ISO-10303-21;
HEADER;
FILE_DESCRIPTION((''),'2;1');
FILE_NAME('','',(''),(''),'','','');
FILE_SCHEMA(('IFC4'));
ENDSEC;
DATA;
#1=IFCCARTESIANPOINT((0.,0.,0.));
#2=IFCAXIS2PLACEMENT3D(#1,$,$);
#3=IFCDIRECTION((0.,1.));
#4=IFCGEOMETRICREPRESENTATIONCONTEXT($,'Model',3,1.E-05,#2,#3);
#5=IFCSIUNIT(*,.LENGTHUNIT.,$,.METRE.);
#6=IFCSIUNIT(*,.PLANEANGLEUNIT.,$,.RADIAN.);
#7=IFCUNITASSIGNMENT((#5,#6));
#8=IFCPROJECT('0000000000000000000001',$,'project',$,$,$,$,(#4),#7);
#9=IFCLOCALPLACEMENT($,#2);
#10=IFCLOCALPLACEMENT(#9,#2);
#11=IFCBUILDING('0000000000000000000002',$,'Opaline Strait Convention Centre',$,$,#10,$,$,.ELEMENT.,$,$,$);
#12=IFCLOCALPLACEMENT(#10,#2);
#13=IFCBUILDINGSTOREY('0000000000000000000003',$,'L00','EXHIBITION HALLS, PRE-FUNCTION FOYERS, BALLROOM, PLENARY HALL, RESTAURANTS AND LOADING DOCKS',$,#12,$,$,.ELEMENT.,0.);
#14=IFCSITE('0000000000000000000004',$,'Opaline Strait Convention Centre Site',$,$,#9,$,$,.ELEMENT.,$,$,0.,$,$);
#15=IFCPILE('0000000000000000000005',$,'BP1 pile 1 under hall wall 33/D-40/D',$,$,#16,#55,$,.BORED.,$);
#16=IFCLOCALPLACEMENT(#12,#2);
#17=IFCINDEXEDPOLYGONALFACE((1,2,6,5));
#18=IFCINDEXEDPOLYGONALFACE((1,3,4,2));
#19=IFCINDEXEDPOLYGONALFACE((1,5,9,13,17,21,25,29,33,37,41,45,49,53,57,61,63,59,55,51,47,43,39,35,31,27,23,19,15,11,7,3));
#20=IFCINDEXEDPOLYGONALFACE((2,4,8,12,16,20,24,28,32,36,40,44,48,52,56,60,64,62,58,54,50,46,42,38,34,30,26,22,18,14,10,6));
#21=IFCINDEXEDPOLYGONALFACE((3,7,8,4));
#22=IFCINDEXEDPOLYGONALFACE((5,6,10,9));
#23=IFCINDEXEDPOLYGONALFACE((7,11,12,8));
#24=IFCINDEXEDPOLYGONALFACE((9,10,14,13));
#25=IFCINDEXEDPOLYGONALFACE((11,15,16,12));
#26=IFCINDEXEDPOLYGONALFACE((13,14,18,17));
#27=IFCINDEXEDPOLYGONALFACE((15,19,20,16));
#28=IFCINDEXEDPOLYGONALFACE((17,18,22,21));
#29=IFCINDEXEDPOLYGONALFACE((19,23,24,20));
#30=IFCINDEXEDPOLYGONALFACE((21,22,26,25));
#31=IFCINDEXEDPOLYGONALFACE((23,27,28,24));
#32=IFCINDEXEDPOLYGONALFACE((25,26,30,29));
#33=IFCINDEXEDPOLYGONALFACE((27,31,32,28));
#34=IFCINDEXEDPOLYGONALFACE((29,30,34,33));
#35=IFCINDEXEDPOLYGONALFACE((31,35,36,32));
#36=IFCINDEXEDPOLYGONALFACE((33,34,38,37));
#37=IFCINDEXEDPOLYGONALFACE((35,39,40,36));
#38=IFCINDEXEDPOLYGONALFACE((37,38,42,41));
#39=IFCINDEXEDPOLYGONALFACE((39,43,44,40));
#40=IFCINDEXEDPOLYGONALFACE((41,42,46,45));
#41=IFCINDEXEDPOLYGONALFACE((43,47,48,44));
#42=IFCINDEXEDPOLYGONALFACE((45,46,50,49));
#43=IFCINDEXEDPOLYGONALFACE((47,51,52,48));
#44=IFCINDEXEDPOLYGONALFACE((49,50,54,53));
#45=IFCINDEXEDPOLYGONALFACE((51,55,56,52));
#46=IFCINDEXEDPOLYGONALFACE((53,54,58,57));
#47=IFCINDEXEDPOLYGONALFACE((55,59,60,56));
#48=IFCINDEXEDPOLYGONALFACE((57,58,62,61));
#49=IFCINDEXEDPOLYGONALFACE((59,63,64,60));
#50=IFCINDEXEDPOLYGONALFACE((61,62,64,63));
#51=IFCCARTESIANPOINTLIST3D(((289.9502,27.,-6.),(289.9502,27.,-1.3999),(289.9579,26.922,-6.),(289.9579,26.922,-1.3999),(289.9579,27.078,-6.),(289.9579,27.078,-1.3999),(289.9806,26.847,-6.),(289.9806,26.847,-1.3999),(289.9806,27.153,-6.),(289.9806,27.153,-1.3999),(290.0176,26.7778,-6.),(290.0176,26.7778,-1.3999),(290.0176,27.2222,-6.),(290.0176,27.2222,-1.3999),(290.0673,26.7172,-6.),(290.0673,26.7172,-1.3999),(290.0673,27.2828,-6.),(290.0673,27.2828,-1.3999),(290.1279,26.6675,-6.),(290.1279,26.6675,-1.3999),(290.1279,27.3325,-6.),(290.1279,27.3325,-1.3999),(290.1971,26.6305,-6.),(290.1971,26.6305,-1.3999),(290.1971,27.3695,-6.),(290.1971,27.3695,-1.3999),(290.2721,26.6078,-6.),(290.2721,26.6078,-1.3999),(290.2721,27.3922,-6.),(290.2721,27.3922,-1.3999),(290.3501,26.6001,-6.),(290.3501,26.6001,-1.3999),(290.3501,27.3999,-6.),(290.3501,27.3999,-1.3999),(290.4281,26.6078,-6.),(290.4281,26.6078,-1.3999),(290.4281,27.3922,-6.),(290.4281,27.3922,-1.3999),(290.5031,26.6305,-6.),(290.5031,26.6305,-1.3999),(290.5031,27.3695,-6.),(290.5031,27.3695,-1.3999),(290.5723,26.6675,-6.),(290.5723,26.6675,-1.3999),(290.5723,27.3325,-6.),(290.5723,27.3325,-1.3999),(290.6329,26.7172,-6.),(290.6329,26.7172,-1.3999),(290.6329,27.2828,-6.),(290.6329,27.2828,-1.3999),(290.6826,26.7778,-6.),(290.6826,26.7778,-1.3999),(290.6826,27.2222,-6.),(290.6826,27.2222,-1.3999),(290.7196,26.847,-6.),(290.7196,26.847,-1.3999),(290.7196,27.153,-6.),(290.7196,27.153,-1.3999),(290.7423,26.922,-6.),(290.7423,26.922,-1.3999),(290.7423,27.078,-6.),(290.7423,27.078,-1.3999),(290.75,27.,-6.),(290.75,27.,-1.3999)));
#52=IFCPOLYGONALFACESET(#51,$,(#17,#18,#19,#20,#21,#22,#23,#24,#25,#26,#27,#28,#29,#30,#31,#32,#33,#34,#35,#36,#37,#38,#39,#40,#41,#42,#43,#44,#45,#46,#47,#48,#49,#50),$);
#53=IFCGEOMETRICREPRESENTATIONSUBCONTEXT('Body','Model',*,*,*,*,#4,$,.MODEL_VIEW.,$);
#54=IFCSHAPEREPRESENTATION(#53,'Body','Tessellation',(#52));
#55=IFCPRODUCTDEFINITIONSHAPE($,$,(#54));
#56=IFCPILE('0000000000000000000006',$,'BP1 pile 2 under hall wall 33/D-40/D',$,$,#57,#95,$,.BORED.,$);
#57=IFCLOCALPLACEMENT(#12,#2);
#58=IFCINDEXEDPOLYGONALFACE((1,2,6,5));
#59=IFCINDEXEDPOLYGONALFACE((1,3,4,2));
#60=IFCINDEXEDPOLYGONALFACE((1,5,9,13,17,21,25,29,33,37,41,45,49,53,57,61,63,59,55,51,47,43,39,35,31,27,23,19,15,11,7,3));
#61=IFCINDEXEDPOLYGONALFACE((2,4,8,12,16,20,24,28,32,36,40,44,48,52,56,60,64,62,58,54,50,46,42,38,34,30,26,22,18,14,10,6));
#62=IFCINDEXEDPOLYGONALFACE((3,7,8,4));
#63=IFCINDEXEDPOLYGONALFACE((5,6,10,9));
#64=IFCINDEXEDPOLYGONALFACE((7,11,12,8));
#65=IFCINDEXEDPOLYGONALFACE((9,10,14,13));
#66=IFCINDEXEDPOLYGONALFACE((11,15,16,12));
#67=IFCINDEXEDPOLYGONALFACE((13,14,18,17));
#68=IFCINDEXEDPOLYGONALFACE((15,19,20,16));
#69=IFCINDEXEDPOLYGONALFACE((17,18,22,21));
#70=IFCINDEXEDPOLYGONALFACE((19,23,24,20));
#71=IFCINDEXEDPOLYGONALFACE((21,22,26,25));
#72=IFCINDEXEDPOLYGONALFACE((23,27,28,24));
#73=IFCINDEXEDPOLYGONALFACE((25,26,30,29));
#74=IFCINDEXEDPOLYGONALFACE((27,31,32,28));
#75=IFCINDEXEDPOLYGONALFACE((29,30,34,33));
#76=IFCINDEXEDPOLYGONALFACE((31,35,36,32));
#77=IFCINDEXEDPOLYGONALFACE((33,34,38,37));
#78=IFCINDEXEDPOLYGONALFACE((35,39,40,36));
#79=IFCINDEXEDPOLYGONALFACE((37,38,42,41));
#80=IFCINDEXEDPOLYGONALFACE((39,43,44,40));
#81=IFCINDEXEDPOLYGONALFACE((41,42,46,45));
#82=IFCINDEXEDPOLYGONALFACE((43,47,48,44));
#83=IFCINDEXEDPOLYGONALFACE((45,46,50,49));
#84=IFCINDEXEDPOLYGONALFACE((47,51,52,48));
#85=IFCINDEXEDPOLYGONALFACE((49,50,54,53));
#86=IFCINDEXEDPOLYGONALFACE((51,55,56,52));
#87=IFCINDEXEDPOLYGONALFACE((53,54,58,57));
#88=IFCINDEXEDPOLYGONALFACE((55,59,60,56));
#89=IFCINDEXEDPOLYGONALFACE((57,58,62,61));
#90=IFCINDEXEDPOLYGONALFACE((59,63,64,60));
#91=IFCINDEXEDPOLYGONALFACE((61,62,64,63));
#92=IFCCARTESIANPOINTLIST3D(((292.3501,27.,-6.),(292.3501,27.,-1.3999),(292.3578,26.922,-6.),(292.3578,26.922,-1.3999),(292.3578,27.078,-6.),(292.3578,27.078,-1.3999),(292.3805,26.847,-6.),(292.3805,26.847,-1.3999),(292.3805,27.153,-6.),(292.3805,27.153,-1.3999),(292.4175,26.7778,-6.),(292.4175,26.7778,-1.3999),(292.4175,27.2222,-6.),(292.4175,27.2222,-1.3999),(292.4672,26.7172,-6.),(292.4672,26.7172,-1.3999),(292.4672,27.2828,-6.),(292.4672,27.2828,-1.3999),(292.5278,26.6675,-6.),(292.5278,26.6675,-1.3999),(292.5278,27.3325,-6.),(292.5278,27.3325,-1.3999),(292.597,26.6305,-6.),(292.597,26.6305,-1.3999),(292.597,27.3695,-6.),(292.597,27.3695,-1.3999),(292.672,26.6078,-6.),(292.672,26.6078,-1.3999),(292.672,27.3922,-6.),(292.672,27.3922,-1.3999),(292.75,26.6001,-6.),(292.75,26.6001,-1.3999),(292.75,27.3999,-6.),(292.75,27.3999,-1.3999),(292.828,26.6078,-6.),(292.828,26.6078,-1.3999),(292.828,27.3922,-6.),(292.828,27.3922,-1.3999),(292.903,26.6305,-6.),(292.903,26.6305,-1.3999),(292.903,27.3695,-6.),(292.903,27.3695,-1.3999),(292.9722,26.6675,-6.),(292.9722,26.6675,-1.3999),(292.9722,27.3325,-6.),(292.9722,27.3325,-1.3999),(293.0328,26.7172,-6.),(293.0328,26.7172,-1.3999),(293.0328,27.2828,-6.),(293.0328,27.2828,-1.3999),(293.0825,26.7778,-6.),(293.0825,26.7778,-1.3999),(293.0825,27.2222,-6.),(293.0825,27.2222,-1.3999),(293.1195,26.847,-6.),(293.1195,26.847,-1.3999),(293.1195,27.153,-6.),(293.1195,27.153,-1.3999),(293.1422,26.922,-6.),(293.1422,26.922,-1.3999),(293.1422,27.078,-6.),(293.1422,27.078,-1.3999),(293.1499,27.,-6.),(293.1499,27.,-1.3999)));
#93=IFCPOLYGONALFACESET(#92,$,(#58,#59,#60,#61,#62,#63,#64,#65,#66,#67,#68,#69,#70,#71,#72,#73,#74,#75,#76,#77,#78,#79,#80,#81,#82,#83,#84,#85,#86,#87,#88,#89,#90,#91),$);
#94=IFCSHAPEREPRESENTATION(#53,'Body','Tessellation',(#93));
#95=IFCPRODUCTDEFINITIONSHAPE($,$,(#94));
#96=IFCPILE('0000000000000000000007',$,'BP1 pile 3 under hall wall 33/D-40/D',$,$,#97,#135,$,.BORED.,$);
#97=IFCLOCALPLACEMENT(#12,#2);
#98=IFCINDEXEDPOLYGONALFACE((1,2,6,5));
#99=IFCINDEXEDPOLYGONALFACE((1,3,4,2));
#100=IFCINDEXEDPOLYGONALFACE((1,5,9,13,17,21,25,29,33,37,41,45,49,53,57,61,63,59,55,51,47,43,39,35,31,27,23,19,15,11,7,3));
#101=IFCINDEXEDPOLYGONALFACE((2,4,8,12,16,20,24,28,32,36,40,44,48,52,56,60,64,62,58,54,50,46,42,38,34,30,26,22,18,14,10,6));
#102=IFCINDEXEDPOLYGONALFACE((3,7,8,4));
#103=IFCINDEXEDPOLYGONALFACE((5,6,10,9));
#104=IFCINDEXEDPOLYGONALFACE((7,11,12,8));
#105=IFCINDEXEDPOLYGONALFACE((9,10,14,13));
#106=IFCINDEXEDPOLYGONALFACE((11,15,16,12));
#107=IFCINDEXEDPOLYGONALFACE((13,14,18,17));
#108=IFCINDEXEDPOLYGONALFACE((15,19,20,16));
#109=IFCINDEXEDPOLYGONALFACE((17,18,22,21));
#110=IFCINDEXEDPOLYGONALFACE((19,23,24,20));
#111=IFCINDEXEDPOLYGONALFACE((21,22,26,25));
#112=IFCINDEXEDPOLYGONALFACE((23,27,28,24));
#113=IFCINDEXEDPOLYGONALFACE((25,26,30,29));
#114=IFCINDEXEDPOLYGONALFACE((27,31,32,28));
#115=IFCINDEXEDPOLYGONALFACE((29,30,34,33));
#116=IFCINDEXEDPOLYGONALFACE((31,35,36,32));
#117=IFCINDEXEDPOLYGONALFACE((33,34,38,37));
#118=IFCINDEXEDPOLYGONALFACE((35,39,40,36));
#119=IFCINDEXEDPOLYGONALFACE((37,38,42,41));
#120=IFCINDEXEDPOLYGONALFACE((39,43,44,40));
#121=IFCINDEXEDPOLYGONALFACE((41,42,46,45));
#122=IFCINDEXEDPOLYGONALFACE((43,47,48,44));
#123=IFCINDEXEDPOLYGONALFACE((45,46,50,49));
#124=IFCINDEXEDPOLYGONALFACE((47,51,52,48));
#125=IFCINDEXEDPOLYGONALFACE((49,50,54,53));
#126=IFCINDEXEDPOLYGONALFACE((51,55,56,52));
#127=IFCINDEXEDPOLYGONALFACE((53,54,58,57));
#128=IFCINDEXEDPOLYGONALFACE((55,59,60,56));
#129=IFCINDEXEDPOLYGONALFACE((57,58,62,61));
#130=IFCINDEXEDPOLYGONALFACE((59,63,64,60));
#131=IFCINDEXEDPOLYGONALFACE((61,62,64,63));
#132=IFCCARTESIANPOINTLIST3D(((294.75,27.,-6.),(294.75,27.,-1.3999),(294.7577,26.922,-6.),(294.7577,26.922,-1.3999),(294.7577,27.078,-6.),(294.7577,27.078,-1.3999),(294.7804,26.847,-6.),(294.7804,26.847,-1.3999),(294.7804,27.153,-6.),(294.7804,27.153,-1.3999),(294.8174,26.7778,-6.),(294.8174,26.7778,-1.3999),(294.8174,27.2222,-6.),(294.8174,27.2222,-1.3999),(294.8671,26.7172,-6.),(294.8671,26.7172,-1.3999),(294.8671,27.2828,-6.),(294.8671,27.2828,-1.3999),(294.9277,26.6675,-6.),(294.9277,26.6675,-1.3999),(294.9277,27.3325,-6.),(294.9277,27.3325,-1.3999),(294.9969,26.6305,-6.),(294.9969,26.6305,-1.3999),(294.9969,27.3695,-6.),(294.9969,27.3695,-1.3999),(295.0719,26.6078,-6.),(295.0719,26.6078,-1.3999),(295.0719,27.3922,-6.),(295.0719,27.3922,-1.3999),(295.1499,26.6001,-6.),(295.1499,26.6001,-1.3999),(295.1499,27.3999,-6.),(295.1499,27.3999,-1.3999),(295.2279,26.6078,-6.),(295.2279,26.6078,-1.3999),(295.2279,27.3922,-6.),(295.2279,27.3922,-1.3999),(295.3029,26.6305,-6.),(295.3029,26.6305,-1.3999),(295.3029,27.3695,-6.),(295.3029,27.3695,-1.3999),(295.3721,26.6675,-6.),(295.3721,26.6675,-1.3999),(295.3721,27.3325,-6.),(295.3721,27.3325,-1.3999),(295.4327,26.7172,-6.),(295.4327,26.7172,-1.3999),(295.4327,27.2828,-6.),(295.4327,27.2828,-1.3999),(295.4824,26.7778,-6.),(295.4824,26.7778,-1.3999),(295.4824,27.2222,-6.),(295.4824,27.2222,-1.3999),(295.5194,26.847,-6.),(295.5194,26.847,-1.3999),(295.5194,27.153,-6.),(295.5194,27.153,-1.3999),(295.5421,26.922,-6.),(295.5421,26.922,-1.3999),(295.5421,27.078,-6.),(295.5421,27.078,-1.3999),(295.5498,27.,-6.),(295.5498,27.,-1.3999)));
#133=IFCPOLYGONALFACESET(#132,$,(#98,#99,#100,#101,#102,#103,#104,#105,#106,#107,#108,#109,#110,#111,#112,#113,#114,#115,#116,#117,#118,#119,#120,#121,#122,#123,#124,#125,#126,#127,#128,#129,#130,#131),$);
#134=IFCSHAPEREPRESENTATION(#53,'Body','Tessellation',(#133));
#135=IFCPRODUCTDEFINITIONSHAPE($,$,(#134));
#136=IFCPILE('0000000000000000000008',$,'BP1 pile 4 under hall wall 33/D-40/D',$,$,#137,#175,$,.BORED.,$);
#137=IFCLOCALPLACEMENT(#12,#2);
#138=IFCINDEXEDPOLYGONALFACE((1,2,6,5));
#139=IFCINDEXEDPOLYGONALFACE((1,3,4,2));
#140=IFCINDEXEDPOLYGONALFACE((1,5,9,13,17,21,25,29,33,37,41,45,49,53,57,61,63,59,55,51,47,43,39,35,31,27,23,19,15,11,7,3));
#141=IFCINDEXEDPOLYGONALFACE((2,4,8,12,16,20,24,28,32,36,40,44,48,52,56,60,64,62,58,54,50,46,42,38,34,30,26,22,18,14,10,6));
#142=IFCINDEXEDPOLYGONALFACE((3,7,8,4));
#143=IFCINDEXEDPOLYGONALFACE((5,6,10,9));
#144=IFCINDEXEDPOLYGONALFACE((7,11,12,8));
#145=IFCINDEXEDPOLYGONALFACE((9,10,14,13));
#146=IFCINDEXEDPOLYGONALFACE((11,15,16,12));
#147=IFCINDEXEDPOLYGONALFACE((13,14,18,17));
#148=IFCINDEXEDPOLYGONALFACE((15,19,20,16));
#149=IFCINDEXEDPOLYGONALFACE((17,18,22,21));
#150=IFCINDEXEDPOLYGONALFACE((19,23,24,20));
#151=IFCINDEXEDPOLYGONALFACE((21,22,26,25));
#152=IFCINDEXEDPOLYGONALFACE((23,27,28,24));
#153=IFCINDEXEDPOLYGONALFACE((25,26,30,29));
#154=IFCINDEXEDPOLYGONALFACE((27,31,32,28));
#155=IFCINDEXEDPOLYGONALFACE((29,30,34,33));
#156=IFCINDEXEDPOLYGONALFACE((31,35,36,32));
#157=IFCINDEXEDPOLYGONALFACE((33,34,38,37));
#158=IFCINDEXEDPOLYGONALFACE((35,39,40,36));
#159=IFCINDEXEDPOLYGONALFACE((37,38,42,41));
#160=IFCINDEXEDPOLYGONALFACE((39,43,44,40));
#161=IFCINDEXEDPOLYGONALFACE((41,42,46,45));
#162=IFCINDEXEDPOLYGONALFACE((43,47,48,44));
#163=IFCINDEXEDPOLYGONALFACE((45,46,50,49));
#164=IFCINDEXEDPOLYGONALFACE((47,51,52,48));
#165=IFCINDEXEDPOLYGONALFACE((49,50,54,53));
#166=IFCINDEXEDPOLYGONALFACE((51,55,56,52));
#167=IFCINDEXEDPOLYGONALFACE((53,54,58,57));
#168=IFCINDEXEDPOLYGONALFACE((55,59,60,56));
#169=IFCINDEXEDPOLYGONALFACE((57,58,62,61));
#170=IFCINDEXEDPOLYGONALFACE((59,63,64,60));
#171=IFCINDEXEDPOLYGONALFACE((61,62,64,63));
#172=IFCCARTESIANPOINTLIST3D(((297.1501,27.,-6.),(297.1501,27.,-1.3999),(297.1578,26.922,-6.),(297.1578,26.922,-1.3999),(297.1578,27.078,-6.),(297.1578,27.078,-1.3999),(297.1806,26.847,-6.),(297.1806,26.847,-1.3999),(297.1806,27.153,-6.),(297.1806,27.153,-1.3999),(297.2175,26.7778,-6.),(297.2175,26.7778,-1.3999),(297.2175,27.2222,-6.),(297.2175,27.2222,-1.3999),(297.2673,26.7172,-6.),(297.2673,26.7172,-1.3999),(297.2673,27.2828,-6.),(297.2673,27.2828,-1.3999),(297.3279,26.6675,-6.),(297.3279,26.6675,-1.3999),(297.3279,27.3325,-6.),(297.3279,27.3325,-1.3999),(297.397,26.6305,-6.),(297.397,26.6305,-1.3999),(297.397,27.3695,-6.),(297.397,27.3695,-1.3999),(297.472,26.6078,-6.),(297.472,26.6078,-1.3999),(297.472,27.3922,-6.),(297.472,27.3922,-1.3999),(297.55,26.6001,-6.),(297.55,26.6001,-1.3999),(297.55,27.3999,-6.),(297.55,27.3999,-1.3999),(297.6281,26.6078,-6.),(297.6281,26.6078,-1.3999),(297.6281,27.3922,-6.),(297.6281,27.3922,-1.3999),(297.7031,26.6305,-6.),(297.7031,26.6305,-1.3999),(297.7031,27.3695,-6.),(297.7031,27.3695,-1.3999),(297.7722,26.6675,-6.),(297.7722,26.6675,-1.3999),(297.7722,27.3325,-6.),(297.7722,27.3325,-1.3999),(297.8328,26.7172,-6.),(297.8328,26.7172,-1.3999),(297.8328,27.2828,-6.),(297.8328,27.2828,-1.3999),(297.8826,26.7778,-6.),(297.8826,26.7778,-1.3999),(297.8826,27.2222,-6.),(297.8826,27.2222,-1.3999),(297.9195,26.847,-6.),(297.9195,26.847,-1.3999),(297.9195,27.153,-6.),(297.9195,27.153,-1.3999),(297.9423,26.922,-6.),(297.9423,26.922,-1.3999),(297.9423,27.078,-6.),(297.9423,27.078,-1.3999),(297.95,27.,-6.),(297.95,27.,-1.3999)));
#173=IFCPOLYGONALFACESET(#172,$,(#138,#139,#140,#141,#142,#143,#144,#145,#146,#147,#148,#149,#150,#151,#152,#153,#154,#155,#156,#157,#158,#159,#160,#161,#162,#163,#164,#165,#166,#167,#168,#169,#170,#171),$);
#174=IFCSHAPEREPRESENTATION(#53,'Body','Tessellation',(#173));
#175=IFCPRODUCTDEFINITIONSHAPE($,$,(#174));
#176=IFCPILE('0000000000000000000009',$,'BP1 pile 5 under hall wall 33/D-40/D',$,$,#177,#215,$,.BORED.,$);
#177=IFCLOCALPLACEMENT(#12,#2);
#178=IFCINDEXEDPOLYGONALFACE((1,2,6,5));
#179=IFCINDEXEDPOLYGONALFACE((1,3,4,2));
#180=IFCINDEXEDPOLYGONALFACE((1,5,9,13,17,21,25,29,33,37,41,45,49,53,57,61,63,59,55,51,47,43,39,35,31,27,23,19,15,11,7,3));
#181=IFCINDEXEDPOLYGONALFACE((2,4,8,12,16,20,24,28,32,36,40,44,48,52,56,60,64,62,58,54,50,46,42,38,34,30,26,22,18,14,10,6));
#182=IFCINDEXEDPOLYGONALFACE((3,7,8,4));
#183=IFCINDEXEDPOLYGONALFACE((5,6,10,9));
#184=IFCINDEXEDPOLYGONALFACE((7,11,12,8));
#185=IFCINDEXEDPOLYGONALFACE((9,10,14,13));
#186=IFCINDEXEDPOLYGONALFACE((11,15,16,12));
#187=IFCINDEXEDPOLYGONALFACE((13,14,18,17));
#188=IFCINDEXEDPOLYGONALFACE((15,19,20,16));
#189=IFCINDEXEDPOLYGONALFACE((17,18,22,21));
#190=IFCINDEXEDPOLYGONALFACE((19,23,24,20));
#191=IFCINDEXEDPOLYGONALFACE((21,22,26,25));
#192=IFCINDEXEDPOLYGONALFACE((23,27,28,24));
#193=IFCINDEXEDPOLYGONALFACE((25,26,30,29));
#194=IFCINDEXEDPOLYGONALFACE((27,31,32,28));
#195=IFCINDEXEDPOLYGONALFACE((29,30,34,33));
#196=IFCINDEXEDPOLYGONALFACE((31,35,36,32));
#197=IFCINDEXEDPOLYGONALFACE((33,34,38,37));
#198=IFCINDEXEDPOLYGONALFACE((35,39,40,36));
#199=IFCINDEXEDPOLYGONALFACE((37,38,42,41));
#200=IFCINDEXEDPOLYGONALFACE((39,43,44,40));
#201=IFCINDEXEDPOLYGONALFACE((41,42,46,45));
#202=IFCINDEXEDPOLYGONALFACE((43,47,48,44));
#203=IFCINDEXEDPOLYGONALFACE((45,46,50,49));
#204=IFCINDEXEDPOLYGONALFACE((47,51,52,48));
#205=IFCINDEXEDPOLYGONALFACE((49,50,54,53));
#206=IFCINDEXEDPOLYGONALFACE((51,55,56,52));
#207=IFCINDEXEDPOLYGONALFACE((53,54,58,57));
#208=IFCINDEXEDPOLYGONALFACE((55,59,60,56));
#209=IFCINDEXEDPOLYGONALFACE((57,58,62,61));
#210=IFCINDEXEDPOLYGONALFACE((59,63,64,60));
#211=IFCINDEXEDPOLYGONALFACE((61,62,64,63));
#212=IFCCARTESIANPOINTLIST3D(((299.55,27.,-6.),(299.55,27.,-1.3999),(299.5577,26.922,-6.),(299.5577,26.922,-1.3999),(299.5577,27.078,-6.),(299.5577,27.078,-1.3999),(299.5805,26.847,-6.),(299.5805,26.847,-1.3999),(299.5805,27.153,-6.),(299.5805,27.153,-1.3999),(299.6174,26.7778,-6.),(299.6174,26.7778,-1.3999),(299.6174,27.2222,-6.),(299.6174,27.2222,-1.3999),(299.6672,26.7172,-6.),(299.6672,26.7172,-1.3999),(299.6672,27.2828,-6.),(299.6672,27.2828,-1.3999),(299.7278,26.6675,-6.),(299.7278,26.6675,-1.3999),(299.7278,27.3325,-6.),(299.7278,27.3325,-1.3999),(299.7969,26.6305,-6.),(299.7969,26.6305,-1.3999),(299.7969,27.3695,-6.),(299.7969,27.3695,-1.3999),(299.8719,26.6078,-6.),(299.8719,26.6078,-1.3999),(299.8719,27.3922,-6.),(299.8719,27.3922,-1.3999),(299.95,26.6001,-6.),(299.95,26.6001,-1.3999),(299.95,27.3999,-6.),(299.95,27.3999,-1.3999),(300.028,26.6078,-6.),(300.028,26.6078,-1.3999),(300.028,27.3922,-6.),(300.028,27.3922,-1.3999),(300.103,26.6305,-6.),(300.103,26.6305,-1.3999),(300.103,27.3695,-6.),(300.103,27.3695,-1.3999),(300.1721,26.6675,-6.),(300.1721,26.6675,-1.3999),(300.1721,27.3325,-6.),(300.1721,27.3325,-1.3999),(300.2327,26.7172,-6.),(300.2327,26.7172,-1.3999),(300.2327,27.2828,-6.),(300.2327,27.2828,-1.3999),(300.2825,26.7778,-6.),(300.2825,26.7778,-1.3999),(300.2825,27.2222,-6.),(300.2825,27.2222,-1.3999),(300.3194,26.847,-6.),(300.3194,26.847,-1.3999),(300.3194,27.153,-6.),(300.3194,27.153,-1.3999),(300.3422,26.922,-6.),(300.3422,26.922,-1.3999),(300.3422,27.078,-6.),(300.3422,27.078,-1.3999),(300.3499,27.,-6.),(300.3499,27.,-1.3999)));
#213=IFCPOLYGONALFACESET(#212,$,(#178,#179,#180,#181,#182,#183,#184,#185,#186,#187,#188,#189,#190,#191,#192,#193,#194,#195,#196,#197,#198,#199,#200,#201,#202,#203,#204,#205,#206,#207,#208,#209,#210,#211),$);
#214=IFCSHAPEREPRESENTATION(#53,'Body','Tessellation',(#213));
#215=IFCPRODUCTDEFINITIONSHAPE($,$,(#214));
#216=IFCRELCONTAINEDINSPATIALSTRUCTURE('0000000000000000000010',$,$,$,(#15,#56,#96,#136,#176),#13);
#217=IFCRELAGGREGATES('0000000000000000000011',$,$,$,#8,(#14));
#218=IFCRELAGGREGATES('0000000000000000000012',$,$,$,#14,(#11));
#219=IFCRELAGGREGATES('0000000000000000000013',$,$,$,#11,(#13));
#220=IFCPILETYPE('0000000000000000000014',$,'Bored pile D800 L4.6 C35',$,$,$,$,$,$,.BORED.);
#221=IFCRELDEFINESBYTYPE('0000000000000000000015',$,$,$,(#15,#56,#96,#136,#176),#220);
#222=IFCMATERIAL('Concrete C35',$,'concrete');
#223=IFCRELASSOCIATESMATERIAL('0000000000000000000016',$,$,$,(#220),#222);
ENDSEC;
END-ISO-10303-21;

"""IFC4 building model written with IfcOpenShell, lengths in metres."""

from ifc_helpers import new_model, si_unit, direction, frame, origin, origin_2d, place, context, subcontext, project, spatial, circle, extrude, material, material_profile, profile_set, type_object, element, save


model = new_model("IFC4")

# Units and contexts
model_context = context("Model", 3, precision=1e-05, world=origin(), true_north=direction((0.0, 1.0)))
body_context = subcontext(model_context, "Body", "Model", "MODEL_VIEW")
ifc_project = project(units=[si_unit("LENGTHUNIT", "METRE"), si_unit("PLANEANGLEUNIT", "RADIAN")], contexts=[model_context])

# Site, building, storey
site_placement = place(None, origin())
site = spatial("IfcSite", under=ifc_project, at=site_placement, Name="Opaline Strait Convention Centre Site", CompositionType="ELEMENT", RefElevation=0.0)
building_placement = place(site_placement, origin())
building = spatial("IfcBuilding", under=site, at=building_placement, Name="Opaline Strait Convention Centre", CompositionType="ELEMENT")
storey_placement = place(building_placement, origin())
storey = spatial("IfcBuildingStorey", under=building, at=storey_placement, Name="L00", Description="EXHIBITION HALLS, PRE-FUNCTION FOYERS, BALLROOM, PLENARY HALL, RESTAURANTS AND LOADING DOCKS", CompositionType="ELEMENT", Elevation=0.0)

# Piles
ifc_material_1 = material(Name="Concrete C35", Category="concrete")
ifc_material_profile = material_profile(ifc_material_1, circle(Radius=0.3999, at=origin_2d()), Name="D800")
ifc_profile_set = profile_set([ifc_material_profile], Name="Concrete C35")
pile_type = type_object("IfcPileType", Name="Bored pile D800 L4.6 C35", PredefinedType="BORED", material=ifc_profile_set)
for number, where, z_axis, x_axis, name in (
    (1, (290.3501, 27.0, -1.3999), (0.0, 0.0, -1.0), (1.0, 0.0, 0.0), "BP1 pile 1 under hall wall 33/D-40/D"),
    (2, (292.75, 27.0, -1.3999), (0.0, 0.0, -1.0), (1.0, 0.0, 0.0), "BP1 pile 2 under hall wall 33/D-40/D"),
    (3, (295.1499, 27.0, -1.3999), (0.0, 0.0, -1.0), (1.0, 0.0, 0.0), "BP1 pile 3 under hall wall 33/D-40/D"),
    (4, (297.55, 27.0, -1.3999), (0.0, 0.0, -1.0), (1.0, 0.0, 0.0), "BP1 pile 4 under hall wall 33/D-40/D"),
    (5, (299.95, 27.0, -1.3999), (0.0, 0.0, -1.0), (1.0, 0.0, 0.0), "BP1 pile 5 under hall wall 33/D-40/D"),
):
    element("IfcPile", number, at=place(storey_placement, frame(where, z_axis=z_axis, x_axis=x_axis)), inside=storey, type_object=pile_type, Name=name, PredefinedType="BORED", context=body_context, shape_type="SweptSolid", body=[
        extrude(circle(Radius=0.3999, at=origin_2d()), origin(), (0.0, 0.0, 1.0), 4.6001),
    ])

save(model, "model.ifc")
